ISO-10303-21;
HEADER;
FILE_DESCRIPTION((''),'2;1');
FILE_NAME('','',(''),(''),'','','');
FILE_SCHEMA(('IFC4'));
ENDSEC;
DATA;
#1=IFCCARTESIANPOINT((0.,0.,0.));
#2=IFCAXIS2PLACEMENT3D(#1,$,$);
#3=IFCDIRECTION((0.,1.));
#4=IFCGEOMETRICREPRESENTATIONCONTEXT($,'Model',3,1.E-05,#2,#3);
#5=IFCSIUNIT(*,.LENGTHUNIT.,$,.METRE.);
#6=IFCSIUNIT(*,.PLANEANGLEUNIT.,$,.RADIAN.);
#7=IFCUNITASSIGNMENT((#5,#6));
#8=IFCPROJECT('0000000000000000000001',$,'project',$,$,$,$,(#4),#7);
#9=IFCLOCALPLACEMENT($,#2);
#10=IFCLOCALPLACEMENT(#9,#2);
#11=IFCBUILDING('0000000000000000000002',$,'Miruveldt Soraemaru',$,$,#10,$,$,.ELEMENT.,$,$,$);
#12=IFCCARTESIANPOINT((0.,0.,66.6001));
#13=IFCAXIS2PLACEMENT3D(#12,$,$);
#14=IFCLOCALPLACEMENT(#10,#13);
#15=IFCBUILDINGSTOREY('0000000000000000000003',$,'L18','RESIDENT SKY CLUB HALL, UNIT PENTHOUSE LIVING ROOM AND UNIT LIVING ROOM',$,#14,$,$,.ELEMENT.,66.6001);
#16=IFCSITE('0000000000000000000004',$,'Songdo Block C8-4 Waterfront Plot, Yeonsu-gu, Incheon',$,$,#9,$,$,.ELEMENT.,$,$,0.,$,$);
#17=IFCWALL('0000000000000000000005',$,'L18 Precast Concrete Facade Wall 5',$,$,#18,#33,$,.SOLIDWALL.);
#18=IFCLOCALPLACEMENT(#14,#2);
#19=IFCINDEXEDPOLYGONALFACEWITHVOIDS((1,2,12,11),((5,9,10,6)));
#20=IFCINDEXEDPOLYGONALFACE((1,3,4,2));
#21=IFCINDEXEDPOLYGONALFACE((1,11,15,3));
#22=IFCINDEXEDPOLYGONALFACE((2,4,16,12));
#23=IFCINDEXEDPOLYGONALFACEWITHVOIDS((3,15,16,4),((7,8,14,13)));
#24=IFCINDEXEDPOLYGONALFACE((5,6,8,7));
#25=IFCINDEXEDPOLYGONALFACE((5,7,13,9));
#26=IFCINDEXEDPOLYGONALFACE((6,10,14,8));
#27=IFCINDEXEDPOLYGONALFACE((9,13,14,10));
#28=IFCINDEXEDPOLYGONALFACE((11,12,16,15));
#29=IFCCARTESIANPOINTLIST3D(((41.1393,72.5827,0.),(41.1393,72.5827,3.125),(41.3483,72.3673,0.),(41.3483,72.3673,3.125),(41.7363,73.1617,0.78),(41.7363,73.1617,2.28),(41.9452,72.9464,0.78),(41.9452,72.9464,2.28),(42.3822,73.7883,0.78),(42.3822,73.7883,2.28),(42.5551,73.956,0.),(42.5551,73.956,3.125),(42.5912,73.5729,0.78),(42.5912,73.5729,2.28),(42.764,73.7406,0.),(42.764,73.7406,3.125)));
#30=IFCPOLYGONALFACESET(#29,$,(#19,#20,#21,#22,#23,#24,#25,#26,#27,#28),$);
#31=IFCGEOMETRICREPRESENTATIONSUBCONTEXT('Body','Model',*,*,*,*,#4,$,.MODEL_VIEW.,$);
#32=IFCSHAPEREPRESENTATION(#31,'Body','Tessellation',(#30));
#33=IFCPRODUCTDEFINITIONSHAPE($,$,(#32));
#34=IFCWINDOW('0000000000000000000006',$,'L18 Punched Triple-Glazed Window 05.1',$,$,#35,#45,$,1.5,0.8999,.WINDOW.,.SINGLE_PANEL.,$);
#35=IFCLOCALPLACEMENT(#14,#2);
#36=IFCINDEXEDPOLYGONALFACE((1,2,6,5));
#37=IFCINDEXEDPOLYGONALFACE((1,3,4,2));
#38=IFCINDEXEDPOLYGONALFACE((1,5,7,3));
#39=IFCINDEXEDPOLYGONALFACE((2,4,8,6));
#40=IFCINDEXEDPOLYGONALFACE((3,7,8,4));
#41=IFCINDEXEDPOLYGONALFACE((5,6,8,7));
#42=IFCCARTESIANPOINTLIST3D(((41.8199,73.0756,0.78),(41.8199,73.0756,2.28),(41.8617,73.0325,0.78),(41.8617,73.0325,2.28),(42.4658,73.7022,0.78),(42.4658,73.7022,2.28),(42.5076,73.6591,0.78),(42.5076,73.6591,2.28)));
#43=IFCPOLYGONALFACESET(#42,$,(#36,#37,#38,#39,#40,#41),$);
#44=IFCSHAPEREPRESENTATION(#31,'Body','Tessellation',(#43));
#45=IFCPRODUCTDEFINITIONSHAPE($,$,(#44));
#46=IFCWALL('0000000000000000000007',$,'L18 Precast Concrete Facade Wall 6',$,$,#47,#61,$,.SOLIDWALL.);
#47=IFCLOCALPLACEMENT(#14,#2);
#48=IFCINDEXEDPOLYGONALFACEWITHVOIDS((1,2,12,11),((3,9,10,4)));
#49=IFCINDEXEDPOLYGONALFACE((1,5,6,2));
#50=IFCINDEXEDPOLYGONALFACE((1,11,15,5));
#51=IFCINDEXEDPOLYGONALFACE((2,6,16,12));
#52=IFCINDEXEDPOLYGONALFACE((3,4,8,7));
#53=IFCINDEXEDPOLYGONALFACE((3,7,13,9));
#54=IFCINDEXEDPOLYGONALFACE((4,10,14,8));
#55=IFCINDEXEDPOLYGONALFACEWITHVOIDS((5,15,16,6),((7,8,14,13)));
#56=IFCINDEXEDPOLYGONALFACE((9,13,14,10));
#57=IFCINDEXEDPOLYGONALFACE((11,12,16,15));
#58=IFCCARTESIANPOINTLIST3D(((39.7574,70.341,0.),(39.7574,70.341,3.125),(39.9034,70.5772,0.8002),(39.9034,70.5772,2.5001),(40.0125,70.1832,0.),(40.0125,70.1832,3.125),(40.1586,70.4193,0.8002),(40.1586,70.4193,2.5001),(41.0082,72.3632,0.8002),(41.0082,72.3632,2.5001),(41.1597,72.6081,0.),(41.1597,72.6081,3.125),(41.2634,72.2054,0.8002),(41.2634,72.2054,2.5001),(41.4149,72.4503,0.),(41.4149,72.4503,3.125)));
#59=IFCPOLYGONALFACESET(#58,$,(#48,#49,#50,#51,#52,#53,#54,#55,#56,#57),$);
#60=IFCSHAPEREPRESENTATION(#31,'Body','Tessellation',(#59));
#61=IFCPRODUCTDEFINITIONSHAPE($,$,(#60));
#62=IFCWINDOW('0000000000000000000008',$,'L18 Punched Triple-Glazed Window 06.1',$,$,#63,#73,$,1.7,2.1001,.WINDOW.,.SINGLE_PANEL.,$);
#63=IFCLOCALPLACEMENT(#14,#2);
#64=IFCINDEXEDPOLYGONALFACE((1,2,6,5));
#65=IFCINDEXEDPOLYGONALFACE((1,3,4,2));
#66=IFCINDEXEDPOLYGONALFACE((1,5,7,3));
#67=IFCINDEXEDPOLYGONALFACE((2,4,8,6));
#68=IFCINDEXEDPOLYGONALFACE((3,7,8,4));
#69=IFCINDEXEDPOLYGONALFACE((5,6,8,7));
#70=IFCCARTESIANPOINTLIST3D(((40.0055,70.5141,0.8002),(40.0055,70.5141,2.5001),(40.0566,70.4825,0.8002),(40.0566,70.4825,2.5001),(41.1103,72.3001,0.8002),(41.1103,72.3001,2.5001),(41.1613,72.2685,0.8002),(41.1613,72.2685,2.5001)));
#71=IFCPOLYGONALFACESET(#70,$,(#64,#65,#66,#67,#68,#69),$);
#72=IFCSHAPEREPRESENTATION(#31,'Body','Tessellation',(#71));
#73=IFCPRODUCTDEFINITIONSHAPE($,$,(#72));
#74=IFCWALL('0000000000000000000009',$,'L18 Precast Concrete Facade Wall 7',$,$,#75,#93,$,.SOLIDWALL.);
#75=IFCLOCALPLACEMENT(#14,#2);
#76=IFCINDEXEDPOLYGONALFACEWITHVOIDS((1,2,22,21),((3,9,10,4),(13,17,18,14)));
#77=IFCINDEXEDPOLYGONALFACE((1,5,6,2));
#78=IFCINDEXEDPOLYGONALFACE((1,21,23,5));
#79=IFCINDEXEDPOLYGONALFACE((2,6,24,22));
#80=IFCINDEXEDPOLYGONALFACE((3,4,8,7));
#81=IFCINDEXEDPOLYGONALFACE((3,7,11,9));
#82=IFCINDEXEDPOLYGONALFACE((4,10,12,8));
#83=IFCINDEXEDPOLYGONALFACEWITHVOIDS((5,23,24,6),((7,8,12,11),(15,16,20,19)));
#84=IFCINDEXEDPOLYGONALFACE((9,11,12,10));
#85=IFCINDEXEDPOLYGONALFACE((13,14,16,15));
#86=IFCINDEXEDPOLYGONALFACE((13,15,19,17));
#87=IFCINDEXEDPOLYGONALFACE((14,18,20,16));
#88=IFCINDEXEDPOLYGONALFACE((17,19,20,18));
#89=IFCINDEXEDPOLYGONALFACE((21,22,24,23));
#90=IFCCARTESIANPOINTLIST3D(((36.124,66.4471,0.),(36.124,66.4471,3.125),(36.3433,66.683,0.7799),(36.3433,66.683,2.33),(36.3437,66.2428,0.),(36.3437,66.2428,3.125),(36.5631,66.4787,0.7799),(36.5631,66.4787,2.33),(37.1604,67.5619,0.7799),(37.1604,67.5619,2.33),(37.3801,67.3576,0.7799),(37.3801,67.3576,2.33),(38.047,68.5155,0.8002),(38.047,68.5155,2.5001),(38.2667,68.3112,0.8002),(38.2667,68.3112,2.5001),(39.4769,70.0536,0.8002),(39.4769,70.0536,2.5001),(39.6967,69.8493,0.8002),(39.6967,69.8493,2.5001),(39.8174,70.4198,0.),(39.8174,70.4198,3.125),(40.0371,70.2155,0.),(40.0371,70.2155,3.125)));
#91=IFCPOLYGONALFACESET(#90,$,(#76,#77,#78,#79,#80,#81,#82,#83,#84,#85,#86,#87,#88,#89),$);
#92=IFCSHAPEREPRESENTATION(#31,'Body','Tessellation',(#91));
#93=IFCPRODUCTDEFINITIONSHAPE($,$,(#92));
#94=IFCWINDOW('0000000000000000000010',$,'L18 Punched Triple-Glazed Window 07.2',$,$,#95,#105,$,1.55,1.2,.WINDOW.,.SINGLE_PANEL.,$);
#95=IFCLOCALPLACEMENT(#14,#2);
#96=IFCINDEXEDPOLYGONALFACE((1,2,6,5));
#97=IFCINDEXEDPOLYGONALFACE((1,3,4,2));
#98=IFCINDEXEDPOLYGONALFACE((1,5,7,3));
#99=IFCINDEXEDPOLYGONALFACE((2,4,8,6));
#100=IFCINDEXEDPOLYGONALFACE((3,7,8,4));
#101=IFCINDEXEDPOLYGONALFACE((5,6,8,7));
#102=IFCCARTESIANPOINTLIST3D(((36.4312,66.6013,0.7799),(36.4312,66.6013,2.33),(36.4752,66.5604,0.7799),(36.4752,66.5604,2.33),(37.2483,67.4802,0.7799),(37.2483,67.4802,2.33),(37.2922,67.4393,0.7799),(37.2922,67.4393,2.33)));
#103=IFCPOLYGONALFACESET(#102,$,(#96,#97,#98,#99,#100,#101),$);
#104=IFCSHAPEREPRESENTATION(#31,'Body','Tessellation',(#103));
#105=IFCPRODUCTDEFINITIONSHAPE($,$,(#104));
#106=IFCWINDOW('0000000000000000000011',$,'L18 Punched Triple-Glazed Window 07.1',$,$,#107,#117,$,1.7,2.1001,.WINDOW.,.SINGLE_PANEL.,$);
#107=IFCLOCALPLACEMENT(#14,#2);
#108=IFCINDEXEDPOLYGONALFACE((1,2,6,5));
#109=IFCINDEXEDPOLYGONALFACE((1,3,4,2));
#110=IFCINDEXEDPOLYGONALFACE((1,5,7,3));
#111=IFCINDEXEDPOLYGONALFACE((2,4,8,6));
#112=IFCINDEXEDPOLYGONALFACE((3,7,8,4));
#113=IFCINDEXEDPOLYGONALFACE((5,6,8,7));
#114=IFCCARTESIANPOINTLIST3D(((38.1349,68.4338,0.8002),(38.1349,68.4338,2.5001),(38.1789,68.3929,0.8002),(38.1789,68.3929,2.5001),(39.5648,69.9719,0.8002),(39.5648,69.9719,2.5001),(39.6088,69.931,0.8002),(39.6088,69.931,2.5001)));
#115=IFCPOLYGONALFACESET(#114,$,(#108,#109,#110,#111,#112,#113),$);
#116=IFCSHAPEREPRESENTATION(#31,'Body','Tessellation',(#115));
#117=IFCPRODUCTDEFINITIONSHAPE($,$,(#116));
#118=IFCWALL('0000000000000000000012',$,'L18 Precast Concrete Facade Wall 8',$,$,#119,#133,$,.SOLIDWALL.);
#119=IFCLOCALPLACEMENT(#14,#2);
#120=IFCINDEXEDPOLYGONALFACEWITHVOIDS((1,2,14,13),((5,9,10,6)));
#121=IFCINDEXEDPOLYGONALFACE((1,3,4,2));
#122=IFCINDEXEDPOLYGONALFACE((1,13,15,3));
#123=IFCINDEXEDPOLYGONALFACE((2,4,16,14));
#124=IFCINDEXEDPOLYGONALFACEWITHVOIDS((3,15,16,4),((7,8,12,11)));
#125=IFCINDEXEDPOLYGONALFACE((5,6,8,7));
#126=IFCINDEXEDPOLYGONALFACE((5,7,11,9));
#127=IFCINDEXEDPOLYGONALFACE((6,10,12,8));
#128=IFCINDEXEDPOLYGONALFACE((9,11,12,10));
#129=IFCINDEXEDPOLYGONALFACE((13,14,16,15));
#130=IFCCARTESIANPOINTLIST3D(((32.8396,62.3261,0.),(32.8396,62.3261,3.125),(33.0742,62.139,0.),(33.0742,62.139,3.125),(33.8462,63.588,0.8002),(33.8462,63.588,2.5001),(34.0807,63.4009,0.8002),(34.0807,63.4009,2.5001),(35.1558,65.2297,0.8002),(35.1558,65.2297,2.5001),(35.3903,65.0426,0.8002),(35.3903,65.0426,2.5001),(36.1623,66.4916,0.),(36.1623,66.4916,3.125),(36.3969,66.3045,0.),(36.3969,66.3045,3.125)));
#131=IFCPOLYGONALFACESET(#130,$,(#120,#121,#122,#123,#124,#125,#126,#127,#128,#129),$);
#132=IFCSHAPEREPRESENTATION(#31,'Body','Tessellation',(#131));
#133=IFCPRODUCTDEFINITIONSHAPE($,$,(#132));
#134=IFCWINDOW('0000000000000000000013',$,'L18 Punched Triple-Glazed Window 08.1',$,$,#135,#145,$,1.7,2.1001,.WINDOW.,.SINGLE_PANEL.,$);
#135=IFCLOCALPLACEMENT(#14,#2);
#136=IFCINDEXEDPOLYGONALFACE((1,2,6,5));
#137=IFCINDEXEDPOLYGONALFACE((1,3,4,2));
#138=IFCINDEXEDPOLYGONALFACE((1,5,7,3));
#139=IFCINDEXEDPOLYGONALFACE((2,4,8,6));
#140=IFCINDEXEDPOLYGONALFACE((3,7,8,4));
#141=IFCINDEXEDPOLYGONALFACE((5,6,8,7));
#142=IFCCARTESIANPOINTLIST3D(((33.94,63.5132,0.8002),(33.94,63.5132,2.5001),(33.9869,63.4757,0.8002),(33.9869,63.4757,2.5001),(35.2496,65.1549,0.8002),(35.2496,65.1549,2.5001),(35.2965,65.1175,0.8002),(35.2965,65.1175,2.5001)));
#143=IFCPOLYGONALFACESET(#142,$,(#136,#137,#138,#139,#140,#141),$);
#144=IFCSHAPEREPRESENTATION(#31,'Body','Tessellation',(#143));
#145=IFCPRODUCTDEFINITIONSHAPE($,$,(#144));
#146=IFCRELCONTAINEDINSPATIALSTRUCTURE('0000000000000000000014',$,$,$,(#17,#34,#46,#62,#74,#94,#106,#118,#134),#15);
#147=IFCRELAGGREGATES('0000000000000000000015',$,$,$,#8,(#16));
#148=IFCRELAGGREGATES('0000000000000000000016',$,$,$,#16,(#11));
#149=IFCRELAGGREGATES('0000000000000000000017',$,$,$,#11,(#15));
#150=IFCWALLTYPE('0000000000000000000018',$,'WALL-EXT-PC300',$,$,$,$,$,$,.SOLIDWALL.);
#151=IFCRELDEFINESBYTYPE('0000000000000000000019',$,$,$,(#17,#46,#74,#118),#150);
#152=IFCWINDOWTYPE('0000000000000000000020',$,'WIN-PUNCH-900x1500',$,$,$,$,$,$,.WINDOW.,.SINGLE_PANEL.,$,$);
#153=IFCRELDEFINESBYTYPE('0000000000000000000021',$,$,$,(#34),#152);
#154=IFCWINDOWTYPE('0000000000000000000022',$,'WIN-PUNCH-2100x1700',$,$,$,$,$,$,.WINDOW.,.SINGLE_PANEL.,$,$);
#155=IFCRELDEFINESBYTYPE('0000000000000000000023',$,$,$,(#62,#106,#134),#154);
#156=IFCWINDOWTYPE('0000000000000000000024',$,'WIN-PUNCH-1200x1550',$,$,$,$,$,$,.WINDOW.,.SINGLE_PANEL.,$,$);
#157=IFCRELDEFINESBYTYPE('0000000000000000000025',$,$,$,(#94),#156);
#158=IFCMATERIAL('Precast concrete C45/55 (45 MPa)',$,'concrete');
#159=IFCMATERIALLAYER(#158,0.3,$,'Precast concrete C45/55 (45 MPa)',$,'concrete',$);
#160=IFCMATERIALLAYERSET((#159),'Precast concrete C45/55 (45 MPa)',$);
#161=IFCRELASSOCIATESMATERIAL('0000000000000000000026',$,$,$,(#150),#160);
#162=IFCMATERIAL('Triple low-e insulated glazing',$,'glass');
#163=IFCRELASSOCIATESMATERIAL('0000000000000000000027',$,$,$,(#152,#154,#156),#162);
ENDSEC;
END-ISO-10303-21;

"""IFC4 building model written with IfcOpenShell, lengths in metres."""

from ifc_helpers import new_model, si_unit, direction, frame, frame_2d, origin, place, context, subcontext, project, spatial, rectangle, extrude, material, layer, layer_set, type_object, element, fill, save


model = new_model("IFC4")

# Units and contexts
model_context = context("Model", 3, precision=1e-05, world=origin(), true_north=direction((0.0, 1.0)))
body_context = subcontext(model_context, "Body", "Model", "MODEL_VIEW")
ifc_project = project(units=[si_unit("LENGTHUNIT", "METRE"), si_unit("PLANEANGLEUNIT", "RADIAN")], contexts=[model_context])

# Site, building, storey
site_placement = place(None, origin())
site = spatial("IfcSite", under=ifc_project, at=site_placement, Name="Songdo Block C8-4 Waterfront Plot, Yeonsu-gu, Incheon", CompositionType="ELEMENT", RefElevation=0.0)
building_placement = place(site_placement, origin())
building = spatial("IfcBuilding", under=site, at=building_placement, Name="Miruveldt Soraemaru", CompositionType="ELEMENT")
storey_placement = place(building_placement, frame((0.0, 0.0, 66.6001)))
storey = spatial("IfcBuildingStorey", under=building, at=storey_placement, Name="L18", Description="RESIDENT SKY CLUB HALL, UNIT PENTHOUSE LIVING ROOM AND UNIT LIVING ROOM", CompositionType="ELEMENT", Elevation=66.6001)

# Walls, openings, windows
ifc_material_1 = material(Name="Precast concrete C45/55 (45 MPa)", Category="concrete")
ifc_layer_1 = layer(ifc_material_1, 0.3, Name="Precast concrete C45/55 (45 MPa)", Category="concrete")
ifc_layer_set_1 = layer_set([ifc_layer_1], Name="Precast concrete C45/55 (45 MPa)")
wall_type_1 = type_object("IfcWallType", Name="WALL-EXT-PC300", PredefinedType="SOLIDWALL", material=ifc_layer_set_1)
wall_1_placement = place(storey_placement, frame((42.6597, 73.8484, 0.0), z_axis=(0.0, 0.0, 1.0), x_axis=(-0.717794, -0.696256, 0.0)))
wall_1 = element("IfcWall", 1, at=wall_1_placement, inside=storey, type_object=wall_type_1, Name="L18 Precast Concrete Facade Wall 5", PredefinedType="SOLIDWALL", context=body_context, shape_type="SweptSolid", body=[
    extrude(rectangle(XDim=1.9724, YDim=0.3, at=frame_2d((0.9863, 0.0))), origin(), (0.0, 0.0, 1.0), 3.125),
])
opening_1_placement = place(wall_1_placement, frame((0.241, 0.0, 0.78)))
opening_1 = element("IfcOpeningElement", 2, at=opening_1_placement, cuts=wall_1, PredefinedType="OPENING", context=body_context, shape_type="SweptSolid", body=[
    extrude(rectangle(XDim=0.8999, YDim=1.5, at=frame_2d((0.45, 0.75))), frame((0.0, 0.1602, 0.0), z_axis=(0.0, -1.0, 0.0), x_axis=(1.0, 0.0, 0.0)), (0.0, 0.0, 1.0), 0.3201),
])
ifc_material_2 = material(Name="Triple low-e insulated glazing", Category="glass")
window_type_1 = type_object("IfcWindowType", Name="WIN-PUNCH-900x1500", PartitioningType="SINGLE_PANEL", PredefinedType="WINDOW", material=ifc_material_2)
window_1_placement = place(opening_1_placement, origin())
window_1 = element("IfcWindow", 3, at=window_1_placement, inside=storey, type_object=window_type_1, Name="L18 Punched Triple-Glazed Window 05.1", OverallHeight=1.5, OverallWidth=0.8999, PartitioningType="SINGLE_PANEL", PredefinedType="WINDOW", context=body_context, shape_type="SweptSolid", body=[
    extrude(rectangle(XDim=0.8999, YDim=1.5, at=frame_2d((0.45, 0.75))), frame((0.0, 0.03, 0.0), z_axis=(0.0, -1.0, 0.0), x_axis=(1.0, 0.0, 0.0)), (0.0, 0.0, 1.0), 0.0601),
])
fill(opening_1, window_1)
wall_2_placement = place(storey_placement, frame((41.2874, 72.5293, 0.0), z_axis=(0.0, 0.0, 1.0), x_axis=(-0.526058, -0.850449, 0.0)))
wall_2 = element("IfcWall", 4, at=wall_2_placement, inside=storey, type_object=wall_type_1, Name="L18 Precast Concrete Facade Wall 6", PredefinedType="SOLIDWALL", context=body_context, shape_type="SweptSolid", body=[
    extrude(rectangle(XDim=2.6658, YDim=0.3, at=frame_2d((1.333, 0.0))), origin(), (0.0, 0.0, 1.0), 3.125),
])
opening_2_placement = place(wall_2_placement, frame((0.2881, 0.0, 0.8)))
opening_2 = element("IfcOpeningElement", 5, at=opening_2_placement, cuts=wall_2, PredefinedType="OPENING", context=body_context, shape_type="SweptSolid", body=[
    extrude(rectangle(XDim=2.1001, YDim=1.7, at=frame_2d((1.05, 0.8501))), frame((0.0, 0.1602, 0.0), z_axis=(0.0, -1.0, 0.0), x_axis=(1.0, 0.0, 0.0)), (0.0, 0.0, 1.0), 0.3201),
])
window_type_2 = type_object("IfcWindowType", Name="WIN-PUNCH-2100x1700", PartitioningType="SINGLE_PANEL", PredefinedType="WINDOW", material=ifc_material_2)
window_2_placement = place(opening_2_placement, origin())
window_2 = element("IfcWindow", 6, at=window_2_placement, inside=storey, type_object=window_type_2, Name="L18 Punched Triple-Glazed Window 06.1", OverallHeight=1.7, OverallWidth=2.1001, PartitioningType="SINGLE_PANEL", PredefinedType="WINDOW", context=body_context, shape_type="SweptSolid", body=[
    extrude(rectangle(XDim=2.1001, YDim=1.7, at=frame_2d((1.05, 0.8501))), frame((0.0, 0.03, 0.0), z_axis=(0.0, -1.0, 0.0), x_axis=(1.0, 0.0, 0.0)), (0.0, 0.0, 1.0), 0.0601),
])
fill(opening_2, window_2)

# Wall, openings, windows
wall_3_placement = place(storey_placement, frame((39.9272, 70.3176, 0.0), z_axis=(0.0, 0.0, 1.0), x_axis=(-0.680893, -0.732383, 0.0)))
wall_3 = element("IfcWall", 7, at=wall_3_placement, inside=storey, type_object=wall_type_1, Name="L18 Precast Concrete Facade Wall 7", PredefinedType="SOLIDWALL", context=body_context, shape_type="SweptSolid", body=[
    extrude(rectangle(XDim=5.4243, YDim=0.3, at=frame_2d((2.7122, 0.0))), origin(), (0.0, 0.0, 1.0), 3.125),
])
opening_3_placement = place(wall_3_placement, frame((0.5, 0.0, 0.8)))
opening_3 = element("IfcOpeningElement", 8, at=opening_3_placement, cuts=wall_3, PredefinedType="OPENING", context=body_context, shape_type="SweptSolid", body=[
    extrude(rectangle(XDim=2.1001, YDim=1.7, at=frame_2d((1.05, 0.8501))), frame((0.0, 0.1602, 0.0), z_axis=(0.0, -1.0, 0.0), x_axis=(1.0, 0.0, 0.0)), (0.0, 0.0, 1.0), 0.3201),
])
opening_4_placement = place(wall_3_placement, frame((3.9021, 0.0, 0.78)))
opening_4 = element("IfcOpeningElement", 9, at=opening_4_placement, cuts=wall_3, PredefinedType="OPENING", context=body_context, shape_type="SweptSolid", body=[
    extrude(rectangle(XDim=1.2, YDim=1.55, at=frame_2d((0.6001, 0.7749))), frame((0.0, 0.1602, 0.0), z_axis=(0.0, -1.0, 0.0), x_axis=(1.0, 0.0, 0.0)), (0.0, 0.0, 1.0), 0.3201),
])
window_type_3 = type_object("IfcWindowType", Name="WIN-PUNCH-1200x1550", PartitioningType="SINGLE_PANEL", PredefinedType="WINDOW", material=ifc_material_2)
window_3_placement = place(opening_4_placement, origin())
window_3 = element("IfcWindow", 10, at=window_3_placement, inside=storey, type_object=window_type_3, Name="L18 Punched Triple-Glazed Window 07.2", OverallHeight=1.55, OverallWidth=1.2, PartitioningType="SINGLE_PANEL", PredefinedType="WINDOW", context=body_context, shape_type="SweptSolid", body=[
    extrude(rectangle(XDim=1.2, YDim=1.55, at=frame_2d((0.6001, 0.7749))), frame((0.0, 0.03, 0.0), z_axis=(0.0, -1.0, 0.0), x_axis=(1.0, 0.0, 0.0)), (0.0, 0.0, 1.0), 0.0601),
])
fill(opening_4, window_3)
window_4_placement = place(opening_3_placement, origin())
window_4 = element("IfcWindow", 11, at=window_4_placement, inside=storey, type_object=window_type_2, Name="L18 Punched Triple-Glazed Window 07.1", OverallHeight=1.7, OverallWidth=2.1001, PartitioningType="SINGLE_PANEL", PredefinedType="WINDOW", context=body_context, shape_type="SweptSolid", body=[
    extrude(rectangle(XDim=2.1001, YDim=1.7, at=frame_2d((1.05, 0.8501))), frame((0.0, 0.03, 0.0), z_axis=(0.0, -1.0, 0.0), x_axis=(1.0, 0.0, 0.0)), (0.0, 0.0, 1.0), 0.0601),
])
fill(opening_3, window_4)

# Wall, opening, window
wall_4_placement = place(storey_placement, frame((36.2795, 66.3979, 0.0), z_axis=(0.0, 0.0, 1.0), x_axis=(-0.623588, -0.781753, 0.0)))
wall_4 = element("IfcWall", 12, at=wall_4_placement, inside=storey, type_object=wall_type_1, Name="L18 Precast Concrete Facade Wall 8", PredefinedType="SOLIDWALL", context=body_context, shape_type="SweptSolid", body=[
    extrude(rectangle(XDim=5.3284, YDim=0.3, at=frame_2d((2.6641, 0.0))), origin(), (0.0, 0.0, 1.0), 3.125),
])
opening_5_placement = place(wall_4_placement, frame((1.614, 0.0, 0.8)))
opening_5 = element("IfcOpeningElement", 13, at=opening_5_placement, cuts=wall_4, PredefinedType="OPENING", context=body_context, shape_type="SweptSolid", body=[
    extrude(rectangle(XDim=2.1001, YDim=1.7, at=frame_2d((1.05, 0.8501))), frame((0.0, 0.1602, 0.0), z_axis=(0.0, -1.0, 0.0), x_axis=(1.0, 0.0, 0.0)), (0.0, 0.0, 1.0), 0.3201),
])
window_5_placement = place(opening_5_placement, origin())
window_5 = element("IfcWindow", 14, at=window_5_placement, inside=storey, type_object=window_type_2, Name="L18 Punched Triple-Glazed Window 08.1", OverallHeight=1.7, OverallWidth=2.1001, PartitioningType="SINGLE_PANEL", PredefinedType="WINDOW", context=body_context, shape_type="SweptSolid", body=[
    extrude(rectangle(XDim=2.1001, YDim=1.7, at=frame_2d((1.05, 0.8501))), frame((0.0, 0.03, 0.0), z_axis=(0.0, -1.0, 0.0), x_axis=(1.0, 0.0, 0.0)), (0.0, 0.0, 1.0), 0.0601),
])
fill(opening_5, window_5)

save(model, "model.ifc")
